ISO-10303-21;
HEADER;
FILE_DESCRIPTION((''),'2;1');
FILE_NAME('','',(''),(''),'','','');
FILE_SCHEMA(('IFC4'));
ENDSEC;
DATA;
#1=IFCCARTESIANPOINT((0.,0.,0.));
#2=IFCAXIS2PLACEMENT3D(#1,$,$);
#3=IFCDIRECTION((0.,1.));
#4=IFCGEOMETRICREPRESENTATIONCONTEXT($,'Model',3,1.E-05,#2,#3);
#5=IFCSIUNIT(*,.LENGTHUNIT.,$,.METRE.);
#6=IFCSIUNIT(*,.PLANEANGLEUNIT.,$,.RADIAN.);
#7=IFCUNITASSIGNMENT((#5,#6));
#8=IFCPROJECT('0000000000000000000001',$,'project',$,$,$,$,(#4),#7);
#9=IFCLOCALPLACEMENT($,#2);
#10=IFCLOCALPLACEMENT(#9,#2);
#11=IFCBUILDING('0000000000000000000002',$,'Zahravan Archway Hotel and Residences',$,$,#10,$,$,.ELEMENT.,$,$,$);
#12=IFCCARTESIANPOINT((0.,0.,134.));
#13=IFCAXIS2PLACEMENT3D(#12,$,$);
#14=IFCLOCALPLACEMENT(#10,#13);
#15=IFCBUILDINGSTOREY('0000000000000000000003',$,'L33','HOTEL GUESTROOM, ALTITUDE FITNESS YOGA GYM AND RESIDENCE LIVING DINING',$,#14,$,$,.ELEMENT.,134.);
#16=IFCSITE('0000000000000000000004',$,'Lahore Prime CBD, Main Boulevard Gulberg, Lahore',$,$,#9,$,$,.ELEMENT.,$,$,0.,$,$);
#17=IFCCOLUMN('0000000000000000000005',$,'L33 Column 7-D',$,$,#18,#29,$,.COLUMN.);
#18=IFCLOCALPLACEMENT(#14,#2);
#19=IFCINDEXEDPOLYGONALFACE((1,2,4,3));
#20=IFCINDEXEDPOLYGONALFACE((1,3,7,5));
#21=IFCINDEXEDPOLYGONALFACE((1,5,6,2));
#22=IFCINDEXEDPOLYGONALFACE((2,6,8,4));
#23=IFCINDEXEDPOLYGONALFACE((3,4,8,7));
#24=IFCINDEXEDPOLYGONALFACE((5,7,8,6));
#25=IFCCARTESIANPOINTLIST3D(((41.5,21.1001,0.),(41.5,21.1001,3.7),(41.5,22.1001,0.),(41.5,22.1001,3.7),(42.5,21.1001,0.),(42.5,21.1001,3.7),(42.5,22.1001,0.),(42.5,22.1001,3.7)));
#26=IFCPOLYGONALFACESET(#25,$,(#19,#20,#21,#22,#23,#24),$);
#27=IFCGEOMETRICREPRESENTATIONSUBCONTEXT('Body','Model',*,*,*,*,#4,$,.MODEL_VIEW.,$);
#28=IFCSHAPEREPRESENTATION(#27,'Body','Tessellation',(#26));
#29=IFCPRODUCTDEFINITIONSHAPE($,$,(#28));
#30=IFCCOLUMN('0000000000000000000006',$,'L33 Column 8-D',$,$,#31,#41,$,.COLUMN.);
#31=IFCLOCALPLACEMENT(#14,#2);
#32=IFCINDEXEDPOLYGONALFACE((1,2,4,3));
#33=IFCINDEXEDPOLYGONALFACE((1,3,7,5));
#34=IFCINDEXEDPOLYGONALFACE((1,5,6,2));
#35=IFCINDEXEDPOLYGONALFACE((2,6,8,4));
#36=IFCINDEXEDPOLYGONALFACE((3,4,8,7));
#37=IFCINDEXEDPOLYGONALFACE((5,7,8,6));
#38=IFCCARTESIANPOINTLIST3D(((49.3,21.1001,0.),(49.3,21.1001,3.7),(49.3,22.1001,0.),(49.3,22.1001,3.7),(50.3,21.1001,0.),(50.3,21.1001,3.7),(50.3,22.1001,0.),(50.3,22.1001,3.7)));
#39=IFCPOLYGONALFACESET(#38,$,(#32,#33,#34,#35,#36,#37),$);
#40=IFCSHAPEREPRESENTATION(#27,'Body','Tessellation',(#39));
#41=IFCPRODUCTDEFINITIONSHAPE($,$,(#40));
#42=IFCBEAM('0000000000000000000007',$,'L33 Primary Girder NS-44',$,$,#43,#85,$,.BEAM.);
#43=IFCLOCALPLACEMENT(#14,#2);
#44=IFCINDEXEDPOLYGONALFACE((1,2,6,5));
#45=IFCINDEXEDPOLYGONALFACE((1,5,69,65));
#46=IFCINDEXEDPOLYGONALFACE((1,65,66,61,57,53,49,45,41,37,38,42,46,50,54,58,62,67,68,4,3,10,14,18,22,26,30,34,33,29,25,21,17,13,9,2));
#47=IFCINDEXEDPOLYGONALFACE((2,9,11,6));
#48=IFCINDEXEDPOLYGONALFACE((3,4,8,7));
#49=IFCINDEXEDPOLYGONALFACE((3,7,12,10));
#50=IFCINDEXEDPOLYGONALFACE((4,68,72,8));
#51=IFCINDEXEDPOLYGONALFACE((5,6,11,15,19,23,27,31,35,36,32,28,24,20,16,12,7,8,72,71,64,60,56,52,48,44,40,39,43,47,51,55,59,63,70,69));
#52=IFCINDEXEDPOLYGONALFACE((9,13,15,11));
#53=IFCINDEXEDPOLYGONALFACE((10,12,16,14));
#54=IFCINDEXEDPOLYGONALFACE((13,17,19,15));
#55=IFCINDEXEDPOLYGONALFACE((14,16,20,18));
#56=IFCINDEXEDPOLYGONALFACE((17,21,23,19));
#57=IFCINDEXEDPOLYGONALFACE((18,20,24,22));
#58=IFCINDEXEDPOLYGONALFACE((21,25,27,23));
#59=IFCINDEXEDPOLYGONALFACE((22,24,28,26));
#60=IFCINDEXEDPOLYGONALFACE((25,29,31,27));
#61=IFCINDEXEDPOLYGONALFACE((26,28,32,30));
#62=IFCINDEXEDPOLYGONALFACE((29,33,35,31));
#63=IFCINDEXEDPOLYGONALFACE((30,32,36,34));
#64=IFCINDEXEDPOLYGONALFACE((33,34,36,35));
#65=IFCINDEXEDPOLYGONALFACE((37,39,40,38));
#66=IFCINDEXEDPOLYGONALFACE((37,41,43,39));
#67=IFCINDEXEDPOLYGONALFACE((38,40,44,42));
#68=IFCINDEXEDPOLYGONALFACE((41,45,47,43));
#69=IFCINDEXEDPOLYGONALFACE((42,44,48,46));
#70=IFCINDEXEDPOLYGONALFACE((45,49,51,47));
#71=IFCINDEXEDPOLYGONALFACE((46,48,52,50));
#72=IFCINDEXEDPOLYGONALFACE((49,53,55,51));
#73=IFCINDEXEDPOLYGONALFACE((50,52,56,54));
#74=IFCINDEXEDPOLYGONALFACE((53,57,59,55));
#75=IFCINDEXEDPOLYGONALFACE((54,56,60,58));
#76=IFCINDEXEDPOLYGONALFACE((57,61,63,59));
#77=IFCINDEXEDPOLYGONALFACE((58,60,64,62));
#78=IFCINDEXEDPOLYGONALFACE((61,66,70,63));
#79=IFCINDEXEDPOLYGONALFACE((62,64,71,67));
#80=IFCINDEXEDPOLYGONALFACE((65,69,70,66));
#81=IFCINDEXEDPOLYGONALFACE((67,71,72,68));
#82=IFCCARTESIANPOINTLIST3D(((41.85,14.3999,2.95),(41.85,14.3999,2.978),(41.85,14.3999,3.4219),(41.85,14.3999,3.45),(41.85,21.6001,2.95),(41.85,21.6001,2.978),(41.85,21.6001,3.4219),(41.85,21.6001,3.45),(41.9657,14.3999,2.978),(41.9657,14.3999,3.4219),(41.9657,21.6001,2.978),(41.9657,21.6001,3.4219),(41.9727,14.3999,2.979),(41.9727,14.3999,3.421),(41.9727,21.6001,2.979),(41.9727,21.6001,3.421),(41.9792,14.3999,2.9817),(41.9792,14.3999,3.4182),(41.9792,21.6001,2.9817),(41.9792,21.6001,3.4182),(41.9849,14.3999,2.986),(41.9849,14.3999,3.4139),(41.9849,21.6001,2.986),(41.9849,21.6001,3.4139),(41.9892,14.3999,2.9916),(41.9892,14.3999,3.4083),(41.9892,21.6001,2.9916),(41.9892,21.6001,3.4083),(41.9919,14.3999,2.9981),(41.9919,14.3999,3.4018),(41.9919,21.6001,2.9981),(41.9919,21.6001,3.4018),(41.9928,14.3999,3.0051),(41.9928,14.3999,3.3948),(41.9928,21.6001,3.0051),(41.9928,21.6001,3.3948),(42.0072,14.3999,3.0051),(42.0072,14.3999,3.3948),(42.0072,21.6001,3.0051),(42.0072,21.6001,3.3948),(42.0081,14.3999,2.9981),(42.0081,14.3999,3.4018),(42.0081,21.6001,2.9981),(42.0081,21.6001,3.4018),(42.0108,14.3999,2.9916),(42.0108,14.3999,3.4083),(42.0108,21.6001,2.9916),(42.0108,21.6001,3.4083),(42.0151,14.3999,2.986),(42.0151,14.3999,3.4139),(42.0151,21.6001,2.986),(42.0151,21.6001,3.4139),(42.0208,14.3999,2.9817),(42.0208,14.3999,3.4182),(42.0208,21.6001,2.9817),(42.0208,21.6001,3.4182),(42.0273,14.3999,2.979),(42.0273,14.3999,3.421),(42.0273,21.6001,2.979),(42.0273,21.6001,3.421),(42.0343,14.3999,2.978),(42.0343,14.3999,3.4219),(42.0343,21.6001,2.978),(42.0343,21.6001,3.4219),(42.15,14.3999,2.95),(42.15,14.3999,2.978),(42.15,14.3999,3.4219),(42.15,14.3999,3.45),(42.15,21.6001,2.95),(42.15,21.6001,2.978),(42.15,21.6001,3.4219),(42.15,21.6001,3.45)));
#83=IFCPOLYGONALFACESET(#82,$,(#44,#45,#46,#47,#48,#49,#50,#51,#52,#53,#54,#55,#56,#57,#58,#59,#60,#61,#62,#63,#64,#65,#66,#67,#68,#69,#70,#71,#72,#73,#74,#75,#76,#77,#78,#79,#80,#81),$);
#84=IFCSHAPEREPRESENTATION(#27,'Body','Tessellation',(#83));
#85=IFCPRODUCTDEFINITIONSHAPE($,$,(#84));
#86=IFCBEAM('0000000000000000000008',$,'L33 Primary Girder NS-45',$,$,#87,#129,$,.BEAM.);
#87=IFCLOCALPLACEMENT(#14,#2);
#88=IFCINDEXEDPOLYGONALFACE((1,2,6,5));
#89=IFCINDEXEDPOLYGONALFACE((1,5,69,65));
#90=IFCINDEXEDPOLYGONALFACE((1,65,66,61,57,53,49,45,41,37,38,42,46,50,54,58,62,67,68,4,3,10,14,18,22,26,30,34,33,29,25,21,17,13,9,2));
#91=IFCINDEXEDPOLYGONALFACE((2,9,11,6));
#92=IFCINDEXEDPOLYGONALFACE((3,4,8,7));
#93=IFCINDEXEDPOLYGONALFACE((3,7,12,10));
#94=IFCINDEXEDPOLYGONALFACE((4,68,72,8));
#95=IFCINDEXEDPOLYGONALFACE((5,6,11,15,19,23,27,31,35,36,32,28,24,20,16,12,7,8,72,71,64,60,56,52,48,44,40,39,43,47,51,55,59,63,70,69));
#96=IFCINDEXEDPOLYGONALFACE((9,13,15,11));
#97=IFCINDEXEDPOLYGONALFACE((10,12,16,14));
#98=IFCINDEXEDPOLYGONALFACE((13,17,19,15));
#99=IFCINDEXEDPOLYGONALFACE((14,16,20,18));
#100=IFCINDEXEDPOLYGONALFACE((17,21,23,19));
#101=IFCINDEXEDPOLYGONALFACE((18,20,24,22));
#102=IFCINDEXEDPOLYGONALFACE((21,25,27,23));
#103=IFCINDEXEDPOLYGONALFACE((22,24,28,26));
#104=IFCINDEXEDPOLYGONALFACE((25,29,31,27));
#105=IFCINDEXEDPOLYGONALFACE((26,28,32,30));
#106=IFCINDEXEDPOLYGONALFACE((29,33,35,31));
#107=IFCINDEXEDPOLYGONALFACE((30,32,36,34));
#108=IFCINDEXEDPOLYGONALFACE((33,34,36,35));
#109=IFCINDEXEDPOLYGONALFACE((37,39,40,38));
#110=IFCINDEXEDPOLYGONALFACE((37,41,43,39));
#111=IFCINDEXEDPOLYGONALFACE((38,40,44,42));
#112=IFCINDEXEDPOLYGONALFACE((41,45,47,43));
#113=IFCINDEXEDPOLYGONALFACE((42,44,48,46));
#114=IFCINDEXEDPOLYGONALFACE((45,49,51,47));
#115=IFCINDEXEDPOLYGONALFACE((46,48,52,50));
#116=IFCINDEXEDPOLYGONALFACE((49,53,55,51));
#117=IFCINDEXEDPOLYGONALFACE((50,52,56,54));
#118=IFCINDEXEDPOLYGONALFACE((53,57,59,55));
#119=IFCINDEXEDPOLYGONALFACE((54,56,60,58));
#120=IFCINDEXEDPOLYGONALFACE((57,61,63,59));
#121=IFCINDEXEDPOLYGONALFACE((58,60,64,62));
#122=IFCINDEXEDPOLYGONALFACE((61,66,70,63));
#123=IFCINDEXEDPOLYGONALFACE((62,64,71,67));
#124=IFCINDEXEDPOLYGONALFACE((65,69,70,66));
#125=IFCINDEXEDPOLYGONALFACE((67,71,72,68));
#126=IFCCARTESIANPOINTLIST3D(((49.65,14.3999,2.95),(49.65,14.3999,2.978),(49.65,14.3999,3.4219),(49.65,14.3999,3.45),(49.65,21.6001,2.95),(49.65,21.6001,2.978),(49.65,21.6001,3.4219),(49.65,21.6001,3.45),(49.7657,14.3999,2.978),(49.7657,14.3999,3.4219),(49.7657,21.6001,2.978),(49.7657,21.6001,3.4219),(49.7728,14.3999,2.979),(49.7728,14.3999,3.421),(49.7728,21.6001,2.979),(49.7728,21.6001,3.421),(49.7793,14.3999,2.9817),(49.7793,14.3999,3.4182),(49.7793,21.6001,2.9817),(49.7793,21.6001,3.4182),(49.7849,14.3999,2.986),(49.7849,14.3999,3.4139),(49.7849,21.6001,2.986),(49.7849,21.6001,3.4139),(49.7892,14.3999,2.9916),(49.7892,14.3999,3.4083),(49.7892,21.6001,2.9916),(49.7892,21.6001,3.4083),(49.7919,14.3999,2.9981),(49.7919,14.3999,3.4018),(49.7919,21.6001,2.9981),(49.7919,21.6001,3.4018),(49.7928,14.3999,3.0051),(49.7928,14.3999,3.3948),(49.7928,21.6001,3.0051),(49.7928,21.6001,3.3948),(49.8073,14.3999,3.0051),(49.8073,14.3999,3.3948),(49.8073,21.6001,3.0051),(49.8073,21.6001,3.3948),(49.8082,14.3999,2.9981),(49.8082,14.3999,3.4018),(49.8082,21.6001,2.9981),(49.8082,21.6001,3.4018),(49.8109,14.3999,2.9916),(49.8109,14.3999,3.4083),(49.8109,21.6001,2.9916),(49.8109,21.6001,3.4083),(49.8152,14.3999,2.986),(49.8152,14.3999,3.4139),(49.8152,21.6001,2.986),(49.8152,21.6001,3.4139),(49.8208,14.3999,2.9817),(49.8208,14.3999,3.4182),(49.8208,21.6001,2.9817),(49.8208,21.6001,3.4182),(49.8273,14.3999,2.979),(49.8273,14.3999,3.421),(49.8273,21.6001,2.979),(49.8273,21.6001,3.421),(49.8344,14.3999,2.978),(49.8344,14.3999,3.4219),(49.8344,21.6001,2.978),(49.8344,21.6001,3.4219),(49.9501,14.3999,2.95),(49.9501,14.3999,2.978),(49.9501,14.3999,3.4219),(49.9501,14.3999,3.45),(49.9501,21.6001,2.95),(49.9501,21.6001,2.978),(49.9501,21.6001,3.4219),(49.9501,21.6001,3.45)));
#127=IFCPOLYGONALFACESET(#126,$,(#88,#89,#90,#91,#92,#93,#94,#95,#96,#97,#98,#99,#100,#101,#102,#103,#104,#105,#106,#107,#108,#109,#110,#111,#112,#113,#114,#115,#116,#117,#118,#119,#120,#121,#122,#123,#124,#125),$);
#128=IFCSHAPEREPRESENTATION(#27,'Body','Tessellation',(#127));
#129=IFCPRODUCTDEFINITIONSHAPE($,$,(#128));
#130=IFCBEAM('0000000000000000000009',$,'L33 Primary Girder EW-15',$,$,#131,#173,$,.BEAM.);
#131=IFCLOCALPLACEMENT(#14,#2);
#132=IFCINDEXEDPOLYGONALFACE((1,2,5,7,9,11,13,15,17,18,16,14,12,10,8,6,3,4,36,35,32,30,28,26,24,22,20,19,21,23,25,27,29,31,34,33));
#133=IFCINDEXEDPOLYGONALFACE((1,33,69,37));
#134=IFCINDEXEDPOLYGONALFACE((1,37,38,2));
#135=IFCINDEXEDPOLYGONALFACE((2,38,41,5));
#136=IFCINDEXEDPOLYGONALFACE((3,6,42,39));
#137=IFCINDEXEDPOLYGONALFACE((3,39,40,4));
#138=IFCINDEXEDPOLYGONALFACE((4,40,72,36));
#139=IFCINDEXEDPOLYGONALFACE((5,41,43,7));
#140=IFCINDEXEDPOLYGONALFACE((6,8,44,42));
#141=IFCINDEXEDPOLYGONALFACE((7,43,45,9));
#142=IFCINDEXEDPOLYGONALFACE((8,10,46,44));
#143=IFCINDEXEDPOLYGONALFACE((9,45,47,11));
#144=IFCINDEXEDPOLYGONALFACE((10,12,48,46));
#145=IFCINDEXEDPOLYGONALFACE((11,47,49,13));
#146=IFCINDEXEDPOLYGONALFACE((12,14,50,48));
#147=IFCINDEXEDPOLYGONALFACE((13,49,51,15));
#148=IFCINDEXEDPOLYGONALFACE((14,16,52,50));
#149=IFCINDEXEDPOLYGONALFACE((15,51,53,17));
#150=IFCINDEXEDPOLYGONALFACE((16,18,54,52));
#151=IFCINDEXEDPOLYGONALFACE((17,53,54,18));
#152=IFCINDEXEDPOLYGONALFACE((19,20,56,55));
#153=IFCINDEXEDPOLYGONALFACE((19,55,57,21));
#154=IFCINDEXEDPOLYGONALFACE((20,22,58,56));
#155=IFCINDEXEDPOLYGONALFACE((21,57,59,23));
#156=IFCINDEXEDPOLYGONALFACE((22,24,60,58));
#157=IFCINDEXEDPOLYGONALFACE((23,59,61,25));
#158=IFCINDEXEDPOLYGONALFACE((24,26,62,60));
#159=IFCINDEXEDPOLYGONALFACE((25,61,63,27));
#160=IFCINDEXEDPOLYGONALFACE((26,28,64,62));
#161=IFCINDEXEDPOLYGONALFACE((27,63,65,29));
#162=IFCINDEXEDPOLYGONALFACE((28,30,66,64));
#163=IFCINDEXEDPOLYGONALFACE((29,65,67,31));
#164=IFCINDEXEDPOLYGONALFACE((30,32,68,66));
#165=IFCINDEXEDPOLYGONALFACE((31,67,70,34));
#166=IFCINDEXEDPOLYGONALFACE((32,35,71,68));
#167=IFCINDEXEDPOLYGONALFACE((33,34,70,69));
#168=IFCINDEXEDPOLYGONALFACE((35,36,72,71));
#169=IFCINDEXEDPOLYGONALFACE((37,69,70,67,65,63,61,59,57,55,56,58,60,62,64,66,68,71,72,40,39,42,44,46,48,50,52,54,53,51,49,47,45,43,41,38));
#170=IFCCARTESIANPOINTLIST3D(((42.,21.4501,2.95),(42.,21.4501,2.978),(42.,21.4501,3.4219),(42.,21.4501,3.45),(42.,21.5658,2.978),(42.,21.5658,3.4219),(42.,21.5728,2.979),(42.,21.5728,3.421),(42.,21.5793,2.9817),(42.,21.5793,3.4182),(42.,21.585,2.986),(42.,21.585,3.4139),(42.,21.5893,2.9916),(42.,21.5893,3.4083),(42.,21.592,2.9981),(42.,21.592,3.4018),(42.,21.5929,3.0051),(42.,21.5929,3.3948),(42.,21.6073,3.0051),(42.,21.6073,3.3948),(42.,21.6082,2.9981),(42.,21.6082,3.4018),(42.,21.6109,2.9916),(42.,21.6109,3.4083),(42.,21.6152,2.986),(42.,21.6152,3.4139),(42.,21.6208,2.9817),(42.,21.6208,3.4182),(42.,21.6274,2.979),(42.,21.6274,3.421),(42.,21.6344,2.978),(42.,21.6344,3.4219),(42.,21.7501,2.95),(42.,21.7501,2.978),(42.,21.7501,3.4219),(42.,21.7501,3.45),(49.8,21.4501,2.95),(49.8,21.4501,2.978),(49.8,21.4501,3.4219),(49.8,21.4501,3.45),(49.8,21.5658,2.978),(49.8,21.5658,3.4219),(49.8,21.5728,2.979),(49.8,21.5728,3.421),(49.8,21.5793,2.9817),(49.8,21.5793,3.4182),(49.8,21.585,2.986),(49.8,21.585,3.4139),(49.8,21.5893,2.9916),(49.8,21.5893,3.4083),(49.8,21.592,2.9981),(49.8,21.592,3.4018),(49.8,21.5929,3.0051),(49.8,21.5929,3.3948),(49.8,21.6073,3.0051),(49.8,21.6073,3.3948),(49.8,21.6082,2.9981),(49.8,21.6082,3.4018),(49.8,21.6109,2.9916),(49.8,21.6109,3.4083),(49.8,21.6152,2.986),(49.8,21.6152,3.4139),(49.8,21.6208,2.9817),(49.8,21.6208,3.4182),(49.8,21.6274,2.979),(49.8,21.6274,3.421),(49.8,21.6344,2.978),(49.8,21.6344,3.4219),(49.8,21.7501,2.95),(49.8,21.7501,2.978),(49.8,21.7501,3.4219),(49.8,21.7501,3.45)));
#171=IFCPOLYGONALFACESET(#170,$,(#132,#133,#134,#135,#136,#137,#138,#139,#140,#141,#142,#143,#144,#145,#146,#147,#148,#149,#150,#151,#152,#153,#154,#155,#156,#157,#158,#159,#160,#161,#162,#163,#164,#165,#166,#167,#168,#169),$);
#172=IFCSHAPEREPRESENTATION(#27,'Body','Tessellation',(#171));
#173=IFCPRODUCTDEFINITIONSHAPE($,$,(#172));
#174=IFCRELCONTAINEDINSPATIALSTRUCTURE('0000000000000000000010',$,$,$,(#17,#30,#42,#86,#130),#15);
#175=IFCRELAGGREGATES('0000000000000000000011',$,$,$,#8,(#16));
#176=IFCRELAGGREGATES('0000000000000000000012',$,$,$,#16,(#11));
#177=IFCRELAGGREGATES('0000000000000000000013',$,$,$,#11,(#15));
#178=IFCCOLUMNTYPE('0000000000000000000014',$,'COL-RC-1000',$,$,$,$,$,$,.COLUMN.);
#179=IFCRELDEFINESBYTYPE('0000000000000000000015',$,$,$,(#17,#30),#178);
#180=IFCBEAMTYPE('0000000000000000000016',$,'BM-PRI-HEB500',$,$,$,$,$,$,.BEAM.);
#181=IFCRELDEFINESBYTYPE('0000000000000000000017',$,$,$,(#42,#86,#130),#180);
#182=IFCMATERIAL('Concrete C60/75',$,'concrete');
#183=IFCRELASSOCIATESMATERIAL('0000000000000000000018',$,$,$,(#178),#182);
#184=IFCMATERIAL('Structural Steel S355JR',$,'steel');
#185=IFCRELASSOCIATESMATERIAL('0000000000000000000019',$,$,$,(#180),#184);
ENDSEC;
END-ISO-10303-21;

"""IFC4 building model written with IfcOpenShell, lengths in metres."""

from ifc_helpers import new_model, si_unit, direction, frame, origin, origin_2d, place, context, subcontext, project, spatial, rectangle, i_section, extrude, source, transform, mapped, material, material_profile, profile_set, type_object, type_shapes, element, save


model = new_model("IFC4")

# Units and contexts
model_context = context("Model", 3, precision=1e-05, world=origin(), true_north=direction((0.0, 1.0)))
body_context = subcontext(model_context, "Body", "Model", "MODEL_VIEW")
ifc_project = project(units=[si_unit("LENGTHUNIT", "METRE"), si_unit("PLANEANGLEUNIT", "RADIAN")], contexts=[model_context])

# Site, building, storey
site_placement = place(None, origin())
site = spatial("IfcSite", under=ifc_project, at=site_placement, Name="Lahore Prime CBD, Main Boulevard Gulberg, Lahore", CompositionType="ELEMENT", RefElevation=0.0)
building_placement = place(site_placement, origin())
building = spatial("IfcBuilding", under=site, at=building_placement, Name="Zahravan Archway Hotel and Residences", CompositionType="ELEMENT")
storey_placement = place(building_placement, frame((0.0, 0.0, 134.0)))
storey = spatial("IfcBuildingStorey", under=building, at=storey_placement, Name="L33", Description="HOTEL GUESTROOM, ALTITUDE FITNESS YOGA GYM AND RESIDENCE LIVING DINING", CompositionType="ELEMENT", Elevation=134.0)

# Columns
ifc_material_1 = material(Name="Concrete C60/75", Category="concrete")
ifc_material_profile_1 = material_profile(ifc_material_1, rectangle(XDim=1.0, YDim=1.0, at=origin_2d()), Name="RC-COL-1000x1000", Category="concrete")
ifc_profile_set_1 = profile_set([ifc_material_profile_1], Name="Concrete C60/75")
column_type = type_object("IfcColumnType", Name="COL-RC-1000", PredefinedType="COLUMN", material=ifc_profile_set_1)
shared_shape_1 = source(origin(), body_context, "Body", "SweptSolid", [
    extrude(rectangle(XDim=1.0, YDim=1.0, at=origin_2d()), origin(), (0.0, 0.0, 1.0), 3.7),
])
type_shapes(column_type, [shared_shape_1])
for number, where, z_axis, x_axis, name in (
    (1, (42.0, 21.6001, 0.0), (0.0, 0.0, 1.0), (1.0, 0.0, 0.0), "L33 Column 7-D"),
    (2, (49.8, 21.6001, 0.0), (0.0, 0.0, 1.0), (1.0, 0.0, 0.0), "L33 Column 8-D"),
):
    element("IfcColumn", number, at=place(storey_placement, frame(where, z_axis=z_axis, x_axis=x_axis)), inside=storey, type_object=column_type, Name=name, PredefinedType="COLUMN", context=body_context, shape_type="MappedRepresentation", body=[
        mapped(shared_shape_1, transform((0.0, 0.0, 0.0), scale=1.0)),
    ])

# Beams
ifc_material_2 = material(Name="Structural Steel S355JR", Category="steel")
ifc_material_profile_2 = material_profile(ifc_material_2, i_section(OverallWidth=0.3, OverallDepth=0.5, WebThickness=0.0144, FlangeThickness=0.0281, FilletRadius=0.0271, at=origin_2d()), Name="HEB 500", Category="steel")
ifc_profile_set_2 = profile_set([ifc_material_profile_2], Name="Structural Steel S355JR")
beam_type = type_object("IfcBeamType", Name="BM-PRI-HEB500", PredefinedType="BEAM", material=ifc_profile_set_2)
shared_shape_2 = source(origin(), body_context, "Body", "SweptSolid", [
    extrude(i_section(OverallWidth=0.3, OverallDepth=0.5, WebThickness=0.0144, FlangeThickness=0.0281, FilletRadius=0.0271, at=origin_2d()), origin(), (0.0, 0.0, 1.0), 7.2002),
])
type_shapes(beam_type, [shared_shape_2])
for number, where, z_axis, x_axis, name in (
    (3, (42.0, 14.3999, 3.2), (0.0, 1.0, 0.0), (-1.0, 0.0, 0.0), "L33 Primary Girder NS-44"),
    (4, (49.8, 14.3999, 3.2), (0.0, 1.0, 0.0), (-1.0, 0.0, 0.0), "L33 Primary Girder NS-45"),
):
    element("IfcBeam", number, at=place(storey_placement, frame(where, z_axis=z_axis, x_axis=x_axis)), inside=storey, type_object=beam_type, Name=name, PredefinedType="BEAM", context=body_context, shape_type="MappedRepresentation", body=[
        mapped(shared_shape_2, transform((0.0, 0.0, 0.0), scale=1.0)),
    ])
shared_shape_3 = source(origin(), body_context, "Body", "SweptSolid", [
    extrude(i_section(OverallWidth=0.3, OverallDepth=0.5, WebThickness=0.0144, FlangeThickness=0.0281, FilletRadius=0.0271, at=origin_2d()), origin(), (0.0, 0.0, 1.0), 7.8),
])
beam_placement = place(storey_placement, frame((42.0, 21.6001, 3.2), z_axis=(1.0, 0.0, 0.0), x_axis=(0.0, 1.0, 0.0)))
element("IfcBeam", 5, at=beam_placement, inside=storey, type_object=beam_type, Name="L33 Primary Girder EW-15", PredefinedType="BEAM", context=body_context, shape_type="MappedRepresentation", body=[
    mapped(shared_shape_3, transform((0.0, 0.0, 0.0), scale=1.0)),
])

save(model, "model.ifc")
